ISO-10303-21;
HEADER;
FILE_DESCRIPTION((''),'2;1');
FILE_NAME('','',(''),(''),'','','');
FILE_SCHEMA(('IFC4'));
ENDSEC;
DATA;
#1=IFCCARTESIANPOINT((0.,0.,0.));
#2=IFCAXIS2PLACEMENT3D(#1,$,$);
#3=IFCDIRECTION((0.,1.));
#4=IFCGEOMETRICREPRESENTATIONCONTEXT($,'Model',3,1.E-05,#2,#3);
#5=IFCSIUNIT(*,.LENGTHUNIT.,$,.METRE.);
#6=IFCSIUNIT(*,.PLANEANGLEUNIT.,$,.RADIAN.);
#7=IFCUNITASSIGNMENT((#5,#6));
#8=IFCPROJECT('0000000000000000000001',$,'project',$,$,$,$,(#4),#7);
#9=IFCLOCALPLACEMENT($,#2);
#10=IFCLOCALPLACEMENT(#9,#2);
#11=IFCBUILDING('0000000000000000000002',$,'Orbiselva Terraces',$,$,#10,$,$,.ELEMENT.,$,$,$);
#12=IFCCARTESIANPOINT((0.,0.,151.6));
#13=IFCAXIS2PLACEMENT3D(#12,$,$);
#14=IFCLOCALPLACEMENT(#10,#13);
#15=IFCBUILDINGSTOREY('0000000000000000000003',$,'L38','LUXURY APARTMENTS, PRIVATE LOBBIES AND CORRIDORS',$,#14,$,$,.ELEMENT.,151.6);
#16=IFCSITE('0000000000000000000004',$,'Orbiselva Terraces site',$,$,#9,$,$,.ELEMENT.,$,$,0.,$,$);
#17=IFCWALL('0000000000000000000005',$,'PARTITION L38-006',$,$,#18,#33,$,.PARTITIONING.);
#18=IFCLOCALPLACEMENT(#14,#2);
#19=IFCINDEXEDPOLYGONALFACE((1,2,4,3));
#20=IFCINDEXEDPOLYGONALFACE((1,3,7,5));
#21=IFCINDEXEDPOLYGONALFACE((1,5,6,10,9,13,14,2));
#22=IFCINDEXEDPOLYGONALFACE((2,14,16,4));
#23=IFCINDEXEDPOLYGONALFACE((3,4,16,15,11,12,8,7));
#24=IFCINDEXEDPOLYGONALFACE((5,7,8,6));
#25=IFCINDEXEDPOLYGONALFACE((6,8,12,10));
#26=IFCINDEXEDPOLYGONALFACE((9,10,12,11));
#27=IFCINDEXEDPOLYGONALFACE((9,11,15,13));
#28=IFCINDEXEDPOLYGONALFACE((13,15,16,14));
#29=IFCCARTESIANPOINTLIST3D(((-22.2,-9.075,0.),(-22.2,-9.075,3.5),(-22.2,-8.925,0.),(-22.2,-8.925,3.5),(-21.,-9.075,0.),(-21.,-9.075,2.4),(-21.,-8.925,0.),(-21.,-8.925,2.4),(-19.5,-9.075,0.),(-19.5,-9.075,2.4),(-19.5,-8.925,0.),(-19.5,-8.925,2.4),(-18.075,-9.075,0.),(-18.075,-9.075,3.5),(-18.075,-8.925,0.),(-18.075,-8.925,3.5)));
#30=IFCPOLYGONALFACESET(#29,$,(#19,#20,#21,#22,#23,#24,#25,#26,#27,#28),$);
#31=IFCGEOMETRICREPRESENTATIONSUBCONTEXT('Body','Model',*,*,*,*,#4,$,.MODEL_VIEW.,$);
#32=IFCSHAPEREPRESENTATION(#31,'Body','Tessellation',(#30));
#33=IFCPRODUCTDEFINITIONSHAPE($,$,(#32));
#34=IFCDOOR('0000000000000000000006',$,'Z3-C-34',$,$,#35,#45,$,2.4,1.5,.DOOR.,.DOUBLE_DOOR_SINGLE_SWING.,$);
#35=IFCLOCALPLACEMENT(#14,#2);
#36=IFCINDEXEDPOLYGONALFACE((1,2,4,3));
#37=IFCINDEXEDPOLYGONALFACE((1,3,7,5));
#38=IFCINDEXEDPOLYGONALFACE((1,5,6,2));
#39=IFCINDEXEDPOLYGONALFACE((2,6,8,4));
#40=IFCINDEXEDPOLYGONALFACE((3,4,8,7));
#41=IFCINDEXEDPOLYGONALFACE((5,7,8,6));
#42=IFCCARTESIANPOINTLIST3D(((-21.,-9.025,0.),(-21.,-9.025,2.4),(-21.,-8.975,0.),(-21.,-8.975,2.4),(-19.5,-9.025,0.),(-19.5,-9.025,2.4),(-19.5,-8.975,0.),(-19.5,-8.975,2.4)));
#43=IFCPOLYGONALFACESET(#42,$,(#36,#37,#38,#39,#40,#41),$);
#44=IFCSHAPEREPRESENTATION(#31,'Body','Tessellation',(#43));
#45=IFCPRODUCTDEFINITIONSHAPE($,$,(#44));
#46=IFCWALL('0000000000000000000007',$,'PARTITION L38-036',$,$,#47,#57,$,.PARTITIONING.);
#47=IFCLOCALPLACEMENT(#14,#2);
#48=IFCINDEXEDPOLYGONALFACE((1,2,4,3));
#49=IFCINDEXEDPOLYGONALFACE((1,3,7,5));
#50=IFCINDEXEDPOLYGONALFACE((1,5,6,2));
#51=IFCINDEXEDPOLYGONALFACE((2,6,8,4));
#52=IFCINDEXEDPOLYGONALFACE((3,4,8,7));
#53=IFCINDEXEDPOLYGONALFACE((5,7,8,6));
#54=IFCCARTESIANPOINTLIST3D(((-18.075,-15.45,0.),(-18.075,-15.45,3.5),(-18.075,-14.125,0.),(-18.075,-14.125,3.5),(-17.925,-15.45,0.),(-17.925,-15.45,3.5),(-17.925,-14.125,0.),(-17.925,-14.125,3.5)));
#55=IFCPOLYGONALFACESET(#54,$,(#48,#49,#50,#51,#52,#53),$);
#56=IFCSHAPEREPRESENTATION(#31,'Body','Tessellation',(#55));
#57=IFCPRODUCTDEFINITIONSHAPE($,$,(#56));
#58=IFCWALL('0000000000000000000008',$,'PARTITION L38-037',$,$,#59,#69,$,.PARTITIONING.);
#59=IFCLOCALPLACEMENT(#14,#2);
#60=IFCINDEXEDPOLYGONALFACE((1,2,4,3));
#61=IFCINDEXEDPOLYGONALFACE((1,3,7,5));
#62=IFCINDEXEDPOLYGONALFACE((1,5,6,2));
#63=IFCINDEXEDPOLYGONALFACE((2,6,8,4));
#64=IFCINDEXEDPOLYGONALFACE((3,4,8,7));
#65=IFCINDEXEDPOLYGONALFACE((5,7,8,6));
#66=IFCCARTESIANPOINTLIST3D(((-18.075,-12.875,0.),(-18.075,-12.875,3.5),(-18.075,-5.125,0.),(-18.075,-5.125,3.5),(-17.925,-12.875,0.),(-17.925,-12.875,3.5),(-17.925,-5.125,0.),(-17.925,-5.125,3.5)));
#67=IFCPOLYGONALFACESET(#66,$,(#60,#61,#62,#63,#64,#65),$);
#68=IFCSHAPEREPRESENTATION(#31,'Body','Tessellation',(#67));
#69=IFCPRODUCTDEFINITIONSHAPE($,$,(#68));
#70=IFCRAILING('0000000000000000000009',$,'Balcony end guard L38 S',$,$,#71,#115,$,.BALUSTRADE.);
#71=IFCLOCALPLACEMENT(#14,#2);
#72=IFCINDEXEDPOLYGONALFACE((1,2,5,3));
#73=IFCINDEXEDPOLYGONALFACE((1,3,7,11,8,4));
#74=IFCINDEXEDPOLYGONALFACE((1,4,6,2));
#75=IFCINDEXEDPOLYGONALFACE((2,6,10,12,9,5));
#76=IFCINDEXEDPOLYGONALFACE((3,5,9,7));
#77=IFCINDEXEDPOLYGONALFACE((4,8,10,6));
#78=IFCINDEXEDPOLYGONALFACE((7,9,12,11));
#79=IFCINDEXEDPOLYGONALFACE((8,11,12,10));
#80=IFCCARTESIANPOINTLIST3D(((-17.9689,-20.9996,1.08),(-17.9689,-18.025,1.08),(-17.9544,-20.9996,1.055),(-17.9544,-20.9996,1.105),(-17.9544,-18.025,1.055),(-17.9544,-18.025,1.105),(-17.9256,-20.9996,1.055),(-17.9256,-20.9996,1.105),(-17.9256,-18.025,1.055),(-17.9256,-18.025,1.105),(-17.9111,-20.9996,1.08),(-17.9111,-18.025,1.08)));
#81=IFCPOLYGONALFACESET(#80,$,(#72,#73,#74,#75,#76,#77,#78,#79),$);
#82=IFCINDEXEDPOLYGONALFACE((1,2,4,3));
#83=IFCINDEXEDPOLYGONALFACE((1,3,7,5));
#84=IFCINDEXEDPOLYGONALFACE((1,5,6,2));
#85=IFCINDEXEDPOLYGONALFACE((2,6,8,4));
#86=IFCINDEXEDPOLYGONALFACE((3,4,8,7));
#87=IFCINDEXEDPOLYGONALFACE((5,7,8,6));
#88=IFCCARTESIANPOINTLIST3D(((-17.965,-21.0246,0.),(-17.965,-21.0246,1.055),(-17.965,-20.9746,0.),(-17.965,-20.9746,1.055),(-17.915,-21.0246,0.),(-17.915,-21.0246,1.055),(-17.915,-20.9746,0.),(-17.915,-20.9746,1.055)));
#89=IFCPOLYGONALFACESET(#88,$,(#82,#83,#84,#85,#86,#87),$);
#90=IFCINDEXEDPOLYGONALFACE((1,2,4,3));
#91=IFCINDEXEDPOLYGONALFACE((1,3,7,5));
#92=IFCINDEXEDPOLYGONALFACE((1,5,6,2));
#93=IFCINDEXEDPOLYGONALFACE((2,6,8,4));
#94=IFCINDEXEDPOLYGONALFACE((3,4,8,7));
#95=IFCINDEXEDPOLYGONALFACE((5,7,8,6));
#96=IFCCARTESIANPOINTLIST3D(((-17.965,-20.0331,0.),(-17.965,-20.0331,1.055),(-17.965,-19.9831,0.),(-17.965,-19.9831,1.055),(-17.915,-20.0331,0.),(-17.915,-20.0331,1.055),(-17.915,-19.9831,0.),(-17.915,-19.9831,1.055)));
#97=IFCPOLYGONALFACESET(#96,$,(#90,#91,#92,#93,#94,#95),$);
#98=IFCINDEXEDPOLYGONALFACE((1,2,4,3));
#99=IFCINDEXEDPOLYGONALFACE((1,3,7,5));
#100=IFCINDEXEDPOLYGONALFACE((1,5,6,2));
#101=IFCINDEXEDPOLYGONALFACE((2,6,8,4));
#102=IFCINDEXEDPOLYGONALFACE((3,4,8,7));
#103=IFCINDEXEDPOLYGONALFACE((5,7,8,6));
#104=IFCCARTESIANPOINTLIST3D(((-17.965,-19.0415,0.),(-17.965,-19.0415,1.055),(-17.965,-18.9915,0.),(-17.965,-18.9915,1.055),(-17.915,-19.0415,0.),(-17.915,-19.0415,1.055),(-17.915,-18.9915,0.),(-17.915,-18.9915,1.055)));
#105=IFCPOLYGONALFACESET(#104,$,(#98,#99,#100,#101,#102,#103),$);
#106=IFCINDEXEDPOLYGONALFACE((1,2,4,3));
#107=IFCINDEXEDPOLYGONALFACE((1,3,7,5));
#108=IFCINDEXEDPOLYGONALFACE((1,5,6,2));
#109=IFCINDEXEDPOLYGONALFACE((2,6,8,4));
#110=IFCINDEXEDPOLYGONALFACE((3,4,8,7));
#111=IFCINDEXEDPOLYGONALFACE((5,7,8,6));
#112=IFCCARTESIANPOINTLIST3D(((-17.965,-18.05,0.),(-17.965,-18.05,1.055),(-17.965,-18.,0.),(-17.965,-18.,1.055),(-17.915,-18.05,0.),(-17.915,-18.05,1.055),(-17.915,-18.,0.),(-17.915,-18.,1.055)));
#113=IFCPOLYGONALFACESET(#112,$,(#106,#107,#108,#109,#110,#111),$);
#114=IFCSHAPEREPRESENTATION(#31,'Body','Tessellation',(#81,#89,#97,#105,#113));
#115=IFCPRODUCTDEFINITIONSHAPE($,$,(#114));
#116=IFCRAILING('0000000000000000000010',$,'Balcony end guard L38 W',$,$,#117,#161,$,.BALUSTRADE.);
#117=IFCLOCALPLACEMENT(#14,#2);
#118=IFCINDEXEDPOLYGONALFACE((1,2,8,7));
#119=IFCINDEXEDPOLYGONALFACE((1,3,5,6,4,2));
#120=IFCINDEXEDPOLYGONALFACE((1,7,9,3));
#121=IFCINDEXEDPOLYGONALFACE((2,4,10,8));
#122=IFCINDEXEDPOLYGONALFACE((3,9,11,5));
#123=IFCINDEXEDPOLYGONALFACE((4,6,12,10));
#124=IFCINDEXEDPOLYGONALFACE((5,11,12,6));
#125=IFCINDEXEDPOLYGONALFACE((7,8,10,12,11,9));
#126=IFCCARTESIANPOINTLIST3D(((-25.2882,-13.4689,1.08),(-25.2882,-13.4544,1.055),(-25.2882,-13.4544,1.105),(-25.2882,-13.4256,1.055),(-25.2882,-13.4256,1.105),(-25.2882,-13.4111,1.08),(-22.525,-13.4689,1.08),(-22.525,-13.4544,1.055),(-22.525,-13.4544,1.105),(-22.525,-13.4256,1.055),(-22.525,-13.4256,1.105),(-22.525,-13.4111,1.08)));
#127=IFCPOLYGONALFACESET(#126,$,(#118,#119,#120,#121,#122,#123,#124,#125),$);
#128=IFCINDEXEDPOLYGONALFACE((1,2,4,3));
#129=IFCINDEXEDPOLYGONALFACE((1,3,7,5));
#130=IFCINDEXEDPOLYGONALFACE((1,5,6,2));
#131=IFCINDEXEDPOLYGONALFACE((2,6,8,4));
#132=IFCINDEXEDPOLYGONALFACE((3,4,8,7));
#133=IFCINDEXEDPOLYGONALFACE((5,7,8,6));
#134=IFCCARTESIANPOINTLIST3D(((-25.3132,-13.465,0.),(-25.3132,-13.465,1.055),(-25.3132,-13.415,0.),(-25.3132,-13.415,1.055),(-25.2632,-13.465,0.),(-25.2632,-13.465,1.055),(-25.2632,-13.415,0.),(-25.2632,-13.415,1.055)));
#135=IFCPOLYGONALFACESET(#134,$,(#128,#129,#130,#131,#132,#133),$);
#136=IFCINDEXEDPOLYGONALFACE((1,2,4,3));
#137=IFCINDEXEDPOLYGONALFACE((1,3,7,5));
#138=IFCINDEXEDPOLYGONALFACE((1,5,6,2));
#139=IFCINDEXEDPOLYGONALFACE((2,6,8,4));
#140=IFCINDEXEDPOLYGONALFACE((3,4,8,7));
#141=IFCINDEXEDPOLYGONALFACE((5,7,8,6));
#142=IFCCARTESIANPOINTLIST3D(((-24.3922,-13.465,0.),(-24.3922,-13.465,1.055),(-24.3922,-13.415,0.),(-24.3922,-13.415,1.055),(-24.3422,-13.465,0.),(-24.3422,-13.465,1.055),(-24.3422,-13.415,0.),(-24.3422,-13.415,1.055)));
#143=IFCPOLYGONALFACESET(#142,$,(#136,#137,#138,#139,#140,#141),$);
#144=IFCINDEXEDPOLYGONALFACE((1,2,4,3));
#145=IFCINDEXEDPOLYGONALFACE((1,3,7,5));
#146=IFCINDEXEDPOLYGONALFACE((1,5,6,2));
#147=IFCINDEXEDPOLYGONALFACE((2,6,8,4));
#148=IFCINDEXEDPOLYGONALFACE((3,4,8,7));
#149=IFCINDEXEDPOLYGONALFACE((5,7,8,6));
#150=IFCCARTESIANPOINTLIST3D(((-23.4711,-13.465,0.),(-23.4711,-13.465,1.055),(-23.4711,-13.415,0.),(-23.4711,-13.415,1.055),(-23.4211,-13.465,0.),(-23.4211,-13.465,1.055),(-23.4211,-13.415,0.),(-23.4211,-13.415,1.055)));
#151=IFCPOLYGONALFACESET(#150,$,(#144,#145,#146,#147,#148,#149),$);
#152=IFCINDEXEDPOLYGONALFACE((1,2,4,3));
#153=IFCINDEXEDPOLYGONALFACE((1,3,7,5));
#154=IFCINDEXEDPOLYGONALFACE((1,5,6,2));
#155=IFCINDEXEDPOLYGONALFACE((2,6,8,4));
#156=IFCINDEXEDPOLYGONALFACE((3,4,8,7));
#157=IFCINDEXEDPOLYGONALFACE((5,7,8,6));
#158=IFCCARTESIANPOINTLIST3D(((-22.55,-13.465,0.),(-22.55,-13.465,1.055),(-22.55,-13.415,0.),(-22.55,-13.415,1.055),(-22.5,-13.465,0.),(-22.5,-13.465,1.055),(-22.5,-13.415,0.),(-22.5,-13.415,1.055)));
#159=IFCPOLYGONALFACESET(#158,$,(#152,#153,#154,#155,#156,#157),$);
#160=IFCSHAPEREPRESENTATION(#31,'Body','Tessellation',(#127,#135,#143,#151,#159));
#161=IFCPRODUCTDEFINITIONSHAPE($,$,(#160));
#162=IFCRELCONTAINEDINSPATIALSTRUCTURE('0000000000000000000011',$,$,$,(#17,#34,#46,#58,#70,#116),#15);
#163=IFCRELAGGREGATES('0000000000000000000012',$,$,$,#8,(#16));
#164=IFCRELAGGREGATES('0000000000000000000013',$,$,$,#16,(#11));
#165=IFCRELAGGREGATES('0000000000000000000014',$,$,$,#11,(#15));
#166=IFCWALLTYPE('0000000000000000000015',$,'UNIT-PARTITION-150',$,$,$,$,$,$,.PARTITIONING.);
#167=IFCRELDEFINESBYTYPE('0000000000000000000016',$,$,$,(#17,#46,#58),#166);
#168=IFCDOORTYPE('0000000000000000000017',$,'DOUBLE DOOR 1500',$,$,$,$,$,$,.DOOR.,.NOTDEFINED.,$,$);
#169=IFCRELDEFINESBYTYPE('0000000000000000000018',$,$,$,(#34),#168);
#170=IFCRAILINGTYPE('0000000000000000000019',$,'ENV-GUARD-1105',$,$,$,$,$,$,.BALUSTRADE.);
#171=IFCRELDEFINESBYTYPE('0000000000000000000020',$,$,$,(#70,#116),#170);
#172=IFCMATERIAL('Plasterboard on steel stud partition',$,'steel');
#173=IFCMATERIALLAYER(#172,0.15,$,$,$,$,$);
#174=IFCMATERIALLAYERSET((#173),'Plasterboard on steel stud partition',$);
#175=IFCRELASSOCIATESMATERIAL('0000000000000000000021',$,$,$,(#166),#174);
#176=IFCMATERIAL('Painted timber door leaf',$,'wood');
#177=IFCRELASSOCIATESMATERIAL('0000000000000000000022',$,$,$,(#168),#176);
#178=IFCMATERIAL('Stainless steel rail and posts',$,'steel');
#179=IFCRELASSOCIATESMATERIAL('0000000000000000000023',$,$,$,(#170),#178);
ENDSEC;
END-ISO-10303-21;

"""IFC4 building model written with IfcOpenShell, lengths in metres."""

from ifc_helpers import new_model, si_unit, direction, frame, frame_2d, origin, origin_2d, place, context, subcontext, project, spatial, polyline, rectangle, outline, extrude, material, layer, layer_set, type_object, element, fill, save


model = new_model("IFC4")

# Units and contexts
model_context = context("Model", 3, precision=1e-05, world=origin(), true_north=direction((0.0, 1.0)))
body_context = subcontext(model_context, "Body", "Model", "MODEL_VIEW")
ifc_project = project(units=[si_unit("LENGTHUNIT", "METRE"), si_unit("PLANEANGLEUNIT", "RADIAN")], contexts=[model_context])

# Site, building, storey
site_placement = place(None, origin())
site = spatial("IfcSite", under=ifc_project, at=site_placement, Name="Orbiselva Terraces site", CompositionType="ELEMENT", RefElevation=0.0)
building_placement = place(site_placement, origin())
building = spatial("IfcBuilding", under=site, at=building_placement, Name="Orbiselva Terraces", CompositionType="ELEMENT")
storey_placement = place(building_placement, frame((0.0, 0.0, 151.6)))
storey = spatial("IfcBuildingStorey", under=building, at=storey_placement, Name="L38", Description="LUXURY APARTMENTS, PRIVATE LOBBIES AND CORRIDORS", CompositionType="ELEMENT", Elevation=151.6)

# Wall, opening, door
ifc_material_1 = material(Name="Plasterboard on steel stud partition", Category="steel")
ifc_layer_1 = layer(ifc_material_1, 0.15)
ifc_layer_set_1 = layer_set([ifc_layer_1], Name="Plasterboard on steel stud partition")
wall_type_1 = type_object("IfcWallType", Name="UNIT-PARTITION-150", PredefinedType="PARTITIONING", material=ifc_layer_set_1)
wall_1_placement = place(storey_placement, frame((-18.075, -9.0, 0.0), z_axis=(0.0, 0.0, 1.0), x_axis=(-1.0, 0.0, 0.0)))
wall_1 = element("IfcWall", 1, at=wall_1_placement, inside=storey, type_object=wall_type_1, Name="PARTITION L38-006", PredefinedType="PARTITIONING", context=body_context, shape_type="SweptSolid", body=[
    extrude(rectangle(XDim=4.125, YDim=0.15, at=frame_2d((2.0625, 0.0))), origin(), (0.0, 0.0, 1.0), 3.5),
])
opening_1_placement = place(wall_1_placement, frame((1.425, 0.0, 0.0)))
opening_1 = element("IfcOpeningElement", 2, at=opening_1_placement, cuts=wall_1, PredefinedType="OPENING", context=body_context, shape_type="SweptSolid", body=[
    extrude(rectangle(XDim=1.5, YDim=2.4, at=frame_2d((0.75, 1.2))), frame((0.0, 0.085, 0.0), z_axis=(0.0, -1.0, 0.0), x_axis=(1.0, 0.0, 0.0)), (0.0, 0.0, 1.0), 0.17),
])
ifc_material_2 = material(Name="Painted timber door leaf", Category="wood")
door_type_1 = type_object("IfcDoorType", Name="DOUBLE DOOR 1500", OperationType="NOTDEFINED", PredefinedType="DOOR", material=ifc_material_2)
door_1_placement = place(opening_1_placement, origin())
door_1 = element("IfcDoor", 3, at=door_1_placement, inside=storey, type_object=door_type_1, Name="Z3-C-34", OperationType="DOUBLE_DOOR_SINGLE_SWING", OverallHeight=2.4, OverallWidth=1.5, PredefinedType="DOOR", context=body_context, shape_type="SweptSolid", body=[
    extrude(rectangle(XDim=1.5, YDim=2.4, at=frame_2d((0.75, 1.2))), frame((0.0, 0.025, 0.0), z_axis=(0.0, -1.0, 0.0), x_axis=(1.0, 0.0, 0.0)), (0.0, 0.0, 1.0), 0.05),
])
fill(opening_1, door_1)

# Walls
wall_2_placement = place(storey_placement, frame((-18.0, -15.45, 0.0), z_axis=(0.0, 0.0, 1.0), x_axis=(0.0, 1.0, 0.0)))
element("IfcWall", 4, at=wall_2_placement, inside=storey, type_object=wall_type_1, Name="PARTITION L38-036", PredefinedType="PARTITIONING", context=body_context, shape_type="SweptSolid", body=[
    extrude(rectangle(XDim=1.325, YDim=0.15, at=frame_2d((0.6625, 0.0))), origin(), (0.0, 0.0, 1.0), 3.5),
])
wall_3_placement = place(storey_placement, frame((-18.0, -12.875, 0.0), z_axis=(0.0, 0.0, 1.0), x_axis=(0.0, 1.0, 0.0)))
element("IfcWall", 5, at=wall_3_placement, inside=storey, type_object=wall_type_1, Name="PARTITION L38-037", PredefinedType="PARTITIONING", context=body_context, shape_type="SweptSolid", body=[
    extrude(rectangle(XDim=7.75, YDim=0.15, at=frame_2d((3.875, 0.0))), origin(), (0.0, 0.0, 1.0), 3.5),
])

# Railings
ifc_material_3 = material(Name="Stainless steel rail and posts", Category="steel")
railing_type_1 = type_object("IfcRailingType", Name="ENV-GUARD-1105", PredefinedType="BALUSTRADE", material=ifc_material_3)
railing_1_placement = place(storey_placement, frame((-17.94, -20.9996, 0.0)))
element("IfcRailing", 6, at=railing_1_placement, inside=storey, type_object=railing_type_1, Name="Balcony end guard L38 S", PredefinedType="BALUSTRADE", context=body_context, shape_type="SweptSolid", body=[
    extrude(outline(polyline([(0.0289, 0.0), (0.0144, 0.025), (-0.0144, 0.025), (-0.0289, 0.0), (-0.0144, -0.025), (0.0144, -0.025), (0.0289, 0.0)])), frame((0.0, 0.0, 1.08), z_axis=(0.0, 1.0, 0.0), x_axis=(-1.0, 0.0, 0.0)), (0.0, 0.0, 1.0), 2.9746),
    extrude(rectangle(XDim=0.05, YDim=0.05, at=origin_2d()), origin(), (0.0, 0.0, 1.0), 1.055),
    extrude(rectangle(XDim=0.05, YDim=0.05, at=origin_2d()), frame((0.0, 0.9915, 0.0)), (0.0, 0.0, 1.0), 1.055),
    extrude(rectangle(XDim=0.05, YDim=0.05, at=origin_2d()), frame((0.0, 1.9831, 0.0)), (0.0, 0.0, 1.0), 1.055),
    extrude(rectangle(XDim=0.05, YDim=0.05, at=origin_2d()), frame((0.0, 2.9746, 0.0)), (0.0, 0.0, 1.0), 1.055),
])
railing_2_placement = place(storey_placement, frame((-25.2882, -13.44, 0.0)))
element("IfcRailing", 7, at=railing_2_placement, inside=storey, type_object=railing_type_1, Name="Balcony end guard L38 W", PredefinedType="BALUSTRADE", context=body_context, shape_type="SweptSolid", body=[
    extrude(outline(polyline([(0.0289, 0.0), (0.0144, 0.025), (-0.0144, 0.025), (-0.0289, 0.0), (-0.0144, -0.025), (0.0144, -0.025), (0.0289, 0.0)])), frame((0.0, 0.0, 1.08), z_axis=(1.0, 0.0, 0.0), x_axis=(0.0, 1.0, 0.0)), (0.0, 0.0, 1.0), 2.7632),
    extrude(rectangle(XDim=0.05, YDim=0.05, at=origin_2d()), origin(), (0.0, 0.0, 1.0), 1.055),
    extrude(rectangle(XDim=0.05, YDim=0.05, at=origin_2d()), frame((0.9211, 0.0, 0.0)), (0.0, 0.0, 1.0), 1.055),
    extrude(rectangle(XDim=0.05, YDim=0.05, at=origin_2d()), frame((1.8422, 0.0, 0.0)), (0.0, 0.0, 1.0), 1.055),
    extrude(rectangle(XDim=0.05, YDim=0.05, at=origin_2d()), frame((2.7632, 0.0, 0.0)), (0.0, 0.0, 1.0), 1.055),
])

save(model, "model.ifc")
